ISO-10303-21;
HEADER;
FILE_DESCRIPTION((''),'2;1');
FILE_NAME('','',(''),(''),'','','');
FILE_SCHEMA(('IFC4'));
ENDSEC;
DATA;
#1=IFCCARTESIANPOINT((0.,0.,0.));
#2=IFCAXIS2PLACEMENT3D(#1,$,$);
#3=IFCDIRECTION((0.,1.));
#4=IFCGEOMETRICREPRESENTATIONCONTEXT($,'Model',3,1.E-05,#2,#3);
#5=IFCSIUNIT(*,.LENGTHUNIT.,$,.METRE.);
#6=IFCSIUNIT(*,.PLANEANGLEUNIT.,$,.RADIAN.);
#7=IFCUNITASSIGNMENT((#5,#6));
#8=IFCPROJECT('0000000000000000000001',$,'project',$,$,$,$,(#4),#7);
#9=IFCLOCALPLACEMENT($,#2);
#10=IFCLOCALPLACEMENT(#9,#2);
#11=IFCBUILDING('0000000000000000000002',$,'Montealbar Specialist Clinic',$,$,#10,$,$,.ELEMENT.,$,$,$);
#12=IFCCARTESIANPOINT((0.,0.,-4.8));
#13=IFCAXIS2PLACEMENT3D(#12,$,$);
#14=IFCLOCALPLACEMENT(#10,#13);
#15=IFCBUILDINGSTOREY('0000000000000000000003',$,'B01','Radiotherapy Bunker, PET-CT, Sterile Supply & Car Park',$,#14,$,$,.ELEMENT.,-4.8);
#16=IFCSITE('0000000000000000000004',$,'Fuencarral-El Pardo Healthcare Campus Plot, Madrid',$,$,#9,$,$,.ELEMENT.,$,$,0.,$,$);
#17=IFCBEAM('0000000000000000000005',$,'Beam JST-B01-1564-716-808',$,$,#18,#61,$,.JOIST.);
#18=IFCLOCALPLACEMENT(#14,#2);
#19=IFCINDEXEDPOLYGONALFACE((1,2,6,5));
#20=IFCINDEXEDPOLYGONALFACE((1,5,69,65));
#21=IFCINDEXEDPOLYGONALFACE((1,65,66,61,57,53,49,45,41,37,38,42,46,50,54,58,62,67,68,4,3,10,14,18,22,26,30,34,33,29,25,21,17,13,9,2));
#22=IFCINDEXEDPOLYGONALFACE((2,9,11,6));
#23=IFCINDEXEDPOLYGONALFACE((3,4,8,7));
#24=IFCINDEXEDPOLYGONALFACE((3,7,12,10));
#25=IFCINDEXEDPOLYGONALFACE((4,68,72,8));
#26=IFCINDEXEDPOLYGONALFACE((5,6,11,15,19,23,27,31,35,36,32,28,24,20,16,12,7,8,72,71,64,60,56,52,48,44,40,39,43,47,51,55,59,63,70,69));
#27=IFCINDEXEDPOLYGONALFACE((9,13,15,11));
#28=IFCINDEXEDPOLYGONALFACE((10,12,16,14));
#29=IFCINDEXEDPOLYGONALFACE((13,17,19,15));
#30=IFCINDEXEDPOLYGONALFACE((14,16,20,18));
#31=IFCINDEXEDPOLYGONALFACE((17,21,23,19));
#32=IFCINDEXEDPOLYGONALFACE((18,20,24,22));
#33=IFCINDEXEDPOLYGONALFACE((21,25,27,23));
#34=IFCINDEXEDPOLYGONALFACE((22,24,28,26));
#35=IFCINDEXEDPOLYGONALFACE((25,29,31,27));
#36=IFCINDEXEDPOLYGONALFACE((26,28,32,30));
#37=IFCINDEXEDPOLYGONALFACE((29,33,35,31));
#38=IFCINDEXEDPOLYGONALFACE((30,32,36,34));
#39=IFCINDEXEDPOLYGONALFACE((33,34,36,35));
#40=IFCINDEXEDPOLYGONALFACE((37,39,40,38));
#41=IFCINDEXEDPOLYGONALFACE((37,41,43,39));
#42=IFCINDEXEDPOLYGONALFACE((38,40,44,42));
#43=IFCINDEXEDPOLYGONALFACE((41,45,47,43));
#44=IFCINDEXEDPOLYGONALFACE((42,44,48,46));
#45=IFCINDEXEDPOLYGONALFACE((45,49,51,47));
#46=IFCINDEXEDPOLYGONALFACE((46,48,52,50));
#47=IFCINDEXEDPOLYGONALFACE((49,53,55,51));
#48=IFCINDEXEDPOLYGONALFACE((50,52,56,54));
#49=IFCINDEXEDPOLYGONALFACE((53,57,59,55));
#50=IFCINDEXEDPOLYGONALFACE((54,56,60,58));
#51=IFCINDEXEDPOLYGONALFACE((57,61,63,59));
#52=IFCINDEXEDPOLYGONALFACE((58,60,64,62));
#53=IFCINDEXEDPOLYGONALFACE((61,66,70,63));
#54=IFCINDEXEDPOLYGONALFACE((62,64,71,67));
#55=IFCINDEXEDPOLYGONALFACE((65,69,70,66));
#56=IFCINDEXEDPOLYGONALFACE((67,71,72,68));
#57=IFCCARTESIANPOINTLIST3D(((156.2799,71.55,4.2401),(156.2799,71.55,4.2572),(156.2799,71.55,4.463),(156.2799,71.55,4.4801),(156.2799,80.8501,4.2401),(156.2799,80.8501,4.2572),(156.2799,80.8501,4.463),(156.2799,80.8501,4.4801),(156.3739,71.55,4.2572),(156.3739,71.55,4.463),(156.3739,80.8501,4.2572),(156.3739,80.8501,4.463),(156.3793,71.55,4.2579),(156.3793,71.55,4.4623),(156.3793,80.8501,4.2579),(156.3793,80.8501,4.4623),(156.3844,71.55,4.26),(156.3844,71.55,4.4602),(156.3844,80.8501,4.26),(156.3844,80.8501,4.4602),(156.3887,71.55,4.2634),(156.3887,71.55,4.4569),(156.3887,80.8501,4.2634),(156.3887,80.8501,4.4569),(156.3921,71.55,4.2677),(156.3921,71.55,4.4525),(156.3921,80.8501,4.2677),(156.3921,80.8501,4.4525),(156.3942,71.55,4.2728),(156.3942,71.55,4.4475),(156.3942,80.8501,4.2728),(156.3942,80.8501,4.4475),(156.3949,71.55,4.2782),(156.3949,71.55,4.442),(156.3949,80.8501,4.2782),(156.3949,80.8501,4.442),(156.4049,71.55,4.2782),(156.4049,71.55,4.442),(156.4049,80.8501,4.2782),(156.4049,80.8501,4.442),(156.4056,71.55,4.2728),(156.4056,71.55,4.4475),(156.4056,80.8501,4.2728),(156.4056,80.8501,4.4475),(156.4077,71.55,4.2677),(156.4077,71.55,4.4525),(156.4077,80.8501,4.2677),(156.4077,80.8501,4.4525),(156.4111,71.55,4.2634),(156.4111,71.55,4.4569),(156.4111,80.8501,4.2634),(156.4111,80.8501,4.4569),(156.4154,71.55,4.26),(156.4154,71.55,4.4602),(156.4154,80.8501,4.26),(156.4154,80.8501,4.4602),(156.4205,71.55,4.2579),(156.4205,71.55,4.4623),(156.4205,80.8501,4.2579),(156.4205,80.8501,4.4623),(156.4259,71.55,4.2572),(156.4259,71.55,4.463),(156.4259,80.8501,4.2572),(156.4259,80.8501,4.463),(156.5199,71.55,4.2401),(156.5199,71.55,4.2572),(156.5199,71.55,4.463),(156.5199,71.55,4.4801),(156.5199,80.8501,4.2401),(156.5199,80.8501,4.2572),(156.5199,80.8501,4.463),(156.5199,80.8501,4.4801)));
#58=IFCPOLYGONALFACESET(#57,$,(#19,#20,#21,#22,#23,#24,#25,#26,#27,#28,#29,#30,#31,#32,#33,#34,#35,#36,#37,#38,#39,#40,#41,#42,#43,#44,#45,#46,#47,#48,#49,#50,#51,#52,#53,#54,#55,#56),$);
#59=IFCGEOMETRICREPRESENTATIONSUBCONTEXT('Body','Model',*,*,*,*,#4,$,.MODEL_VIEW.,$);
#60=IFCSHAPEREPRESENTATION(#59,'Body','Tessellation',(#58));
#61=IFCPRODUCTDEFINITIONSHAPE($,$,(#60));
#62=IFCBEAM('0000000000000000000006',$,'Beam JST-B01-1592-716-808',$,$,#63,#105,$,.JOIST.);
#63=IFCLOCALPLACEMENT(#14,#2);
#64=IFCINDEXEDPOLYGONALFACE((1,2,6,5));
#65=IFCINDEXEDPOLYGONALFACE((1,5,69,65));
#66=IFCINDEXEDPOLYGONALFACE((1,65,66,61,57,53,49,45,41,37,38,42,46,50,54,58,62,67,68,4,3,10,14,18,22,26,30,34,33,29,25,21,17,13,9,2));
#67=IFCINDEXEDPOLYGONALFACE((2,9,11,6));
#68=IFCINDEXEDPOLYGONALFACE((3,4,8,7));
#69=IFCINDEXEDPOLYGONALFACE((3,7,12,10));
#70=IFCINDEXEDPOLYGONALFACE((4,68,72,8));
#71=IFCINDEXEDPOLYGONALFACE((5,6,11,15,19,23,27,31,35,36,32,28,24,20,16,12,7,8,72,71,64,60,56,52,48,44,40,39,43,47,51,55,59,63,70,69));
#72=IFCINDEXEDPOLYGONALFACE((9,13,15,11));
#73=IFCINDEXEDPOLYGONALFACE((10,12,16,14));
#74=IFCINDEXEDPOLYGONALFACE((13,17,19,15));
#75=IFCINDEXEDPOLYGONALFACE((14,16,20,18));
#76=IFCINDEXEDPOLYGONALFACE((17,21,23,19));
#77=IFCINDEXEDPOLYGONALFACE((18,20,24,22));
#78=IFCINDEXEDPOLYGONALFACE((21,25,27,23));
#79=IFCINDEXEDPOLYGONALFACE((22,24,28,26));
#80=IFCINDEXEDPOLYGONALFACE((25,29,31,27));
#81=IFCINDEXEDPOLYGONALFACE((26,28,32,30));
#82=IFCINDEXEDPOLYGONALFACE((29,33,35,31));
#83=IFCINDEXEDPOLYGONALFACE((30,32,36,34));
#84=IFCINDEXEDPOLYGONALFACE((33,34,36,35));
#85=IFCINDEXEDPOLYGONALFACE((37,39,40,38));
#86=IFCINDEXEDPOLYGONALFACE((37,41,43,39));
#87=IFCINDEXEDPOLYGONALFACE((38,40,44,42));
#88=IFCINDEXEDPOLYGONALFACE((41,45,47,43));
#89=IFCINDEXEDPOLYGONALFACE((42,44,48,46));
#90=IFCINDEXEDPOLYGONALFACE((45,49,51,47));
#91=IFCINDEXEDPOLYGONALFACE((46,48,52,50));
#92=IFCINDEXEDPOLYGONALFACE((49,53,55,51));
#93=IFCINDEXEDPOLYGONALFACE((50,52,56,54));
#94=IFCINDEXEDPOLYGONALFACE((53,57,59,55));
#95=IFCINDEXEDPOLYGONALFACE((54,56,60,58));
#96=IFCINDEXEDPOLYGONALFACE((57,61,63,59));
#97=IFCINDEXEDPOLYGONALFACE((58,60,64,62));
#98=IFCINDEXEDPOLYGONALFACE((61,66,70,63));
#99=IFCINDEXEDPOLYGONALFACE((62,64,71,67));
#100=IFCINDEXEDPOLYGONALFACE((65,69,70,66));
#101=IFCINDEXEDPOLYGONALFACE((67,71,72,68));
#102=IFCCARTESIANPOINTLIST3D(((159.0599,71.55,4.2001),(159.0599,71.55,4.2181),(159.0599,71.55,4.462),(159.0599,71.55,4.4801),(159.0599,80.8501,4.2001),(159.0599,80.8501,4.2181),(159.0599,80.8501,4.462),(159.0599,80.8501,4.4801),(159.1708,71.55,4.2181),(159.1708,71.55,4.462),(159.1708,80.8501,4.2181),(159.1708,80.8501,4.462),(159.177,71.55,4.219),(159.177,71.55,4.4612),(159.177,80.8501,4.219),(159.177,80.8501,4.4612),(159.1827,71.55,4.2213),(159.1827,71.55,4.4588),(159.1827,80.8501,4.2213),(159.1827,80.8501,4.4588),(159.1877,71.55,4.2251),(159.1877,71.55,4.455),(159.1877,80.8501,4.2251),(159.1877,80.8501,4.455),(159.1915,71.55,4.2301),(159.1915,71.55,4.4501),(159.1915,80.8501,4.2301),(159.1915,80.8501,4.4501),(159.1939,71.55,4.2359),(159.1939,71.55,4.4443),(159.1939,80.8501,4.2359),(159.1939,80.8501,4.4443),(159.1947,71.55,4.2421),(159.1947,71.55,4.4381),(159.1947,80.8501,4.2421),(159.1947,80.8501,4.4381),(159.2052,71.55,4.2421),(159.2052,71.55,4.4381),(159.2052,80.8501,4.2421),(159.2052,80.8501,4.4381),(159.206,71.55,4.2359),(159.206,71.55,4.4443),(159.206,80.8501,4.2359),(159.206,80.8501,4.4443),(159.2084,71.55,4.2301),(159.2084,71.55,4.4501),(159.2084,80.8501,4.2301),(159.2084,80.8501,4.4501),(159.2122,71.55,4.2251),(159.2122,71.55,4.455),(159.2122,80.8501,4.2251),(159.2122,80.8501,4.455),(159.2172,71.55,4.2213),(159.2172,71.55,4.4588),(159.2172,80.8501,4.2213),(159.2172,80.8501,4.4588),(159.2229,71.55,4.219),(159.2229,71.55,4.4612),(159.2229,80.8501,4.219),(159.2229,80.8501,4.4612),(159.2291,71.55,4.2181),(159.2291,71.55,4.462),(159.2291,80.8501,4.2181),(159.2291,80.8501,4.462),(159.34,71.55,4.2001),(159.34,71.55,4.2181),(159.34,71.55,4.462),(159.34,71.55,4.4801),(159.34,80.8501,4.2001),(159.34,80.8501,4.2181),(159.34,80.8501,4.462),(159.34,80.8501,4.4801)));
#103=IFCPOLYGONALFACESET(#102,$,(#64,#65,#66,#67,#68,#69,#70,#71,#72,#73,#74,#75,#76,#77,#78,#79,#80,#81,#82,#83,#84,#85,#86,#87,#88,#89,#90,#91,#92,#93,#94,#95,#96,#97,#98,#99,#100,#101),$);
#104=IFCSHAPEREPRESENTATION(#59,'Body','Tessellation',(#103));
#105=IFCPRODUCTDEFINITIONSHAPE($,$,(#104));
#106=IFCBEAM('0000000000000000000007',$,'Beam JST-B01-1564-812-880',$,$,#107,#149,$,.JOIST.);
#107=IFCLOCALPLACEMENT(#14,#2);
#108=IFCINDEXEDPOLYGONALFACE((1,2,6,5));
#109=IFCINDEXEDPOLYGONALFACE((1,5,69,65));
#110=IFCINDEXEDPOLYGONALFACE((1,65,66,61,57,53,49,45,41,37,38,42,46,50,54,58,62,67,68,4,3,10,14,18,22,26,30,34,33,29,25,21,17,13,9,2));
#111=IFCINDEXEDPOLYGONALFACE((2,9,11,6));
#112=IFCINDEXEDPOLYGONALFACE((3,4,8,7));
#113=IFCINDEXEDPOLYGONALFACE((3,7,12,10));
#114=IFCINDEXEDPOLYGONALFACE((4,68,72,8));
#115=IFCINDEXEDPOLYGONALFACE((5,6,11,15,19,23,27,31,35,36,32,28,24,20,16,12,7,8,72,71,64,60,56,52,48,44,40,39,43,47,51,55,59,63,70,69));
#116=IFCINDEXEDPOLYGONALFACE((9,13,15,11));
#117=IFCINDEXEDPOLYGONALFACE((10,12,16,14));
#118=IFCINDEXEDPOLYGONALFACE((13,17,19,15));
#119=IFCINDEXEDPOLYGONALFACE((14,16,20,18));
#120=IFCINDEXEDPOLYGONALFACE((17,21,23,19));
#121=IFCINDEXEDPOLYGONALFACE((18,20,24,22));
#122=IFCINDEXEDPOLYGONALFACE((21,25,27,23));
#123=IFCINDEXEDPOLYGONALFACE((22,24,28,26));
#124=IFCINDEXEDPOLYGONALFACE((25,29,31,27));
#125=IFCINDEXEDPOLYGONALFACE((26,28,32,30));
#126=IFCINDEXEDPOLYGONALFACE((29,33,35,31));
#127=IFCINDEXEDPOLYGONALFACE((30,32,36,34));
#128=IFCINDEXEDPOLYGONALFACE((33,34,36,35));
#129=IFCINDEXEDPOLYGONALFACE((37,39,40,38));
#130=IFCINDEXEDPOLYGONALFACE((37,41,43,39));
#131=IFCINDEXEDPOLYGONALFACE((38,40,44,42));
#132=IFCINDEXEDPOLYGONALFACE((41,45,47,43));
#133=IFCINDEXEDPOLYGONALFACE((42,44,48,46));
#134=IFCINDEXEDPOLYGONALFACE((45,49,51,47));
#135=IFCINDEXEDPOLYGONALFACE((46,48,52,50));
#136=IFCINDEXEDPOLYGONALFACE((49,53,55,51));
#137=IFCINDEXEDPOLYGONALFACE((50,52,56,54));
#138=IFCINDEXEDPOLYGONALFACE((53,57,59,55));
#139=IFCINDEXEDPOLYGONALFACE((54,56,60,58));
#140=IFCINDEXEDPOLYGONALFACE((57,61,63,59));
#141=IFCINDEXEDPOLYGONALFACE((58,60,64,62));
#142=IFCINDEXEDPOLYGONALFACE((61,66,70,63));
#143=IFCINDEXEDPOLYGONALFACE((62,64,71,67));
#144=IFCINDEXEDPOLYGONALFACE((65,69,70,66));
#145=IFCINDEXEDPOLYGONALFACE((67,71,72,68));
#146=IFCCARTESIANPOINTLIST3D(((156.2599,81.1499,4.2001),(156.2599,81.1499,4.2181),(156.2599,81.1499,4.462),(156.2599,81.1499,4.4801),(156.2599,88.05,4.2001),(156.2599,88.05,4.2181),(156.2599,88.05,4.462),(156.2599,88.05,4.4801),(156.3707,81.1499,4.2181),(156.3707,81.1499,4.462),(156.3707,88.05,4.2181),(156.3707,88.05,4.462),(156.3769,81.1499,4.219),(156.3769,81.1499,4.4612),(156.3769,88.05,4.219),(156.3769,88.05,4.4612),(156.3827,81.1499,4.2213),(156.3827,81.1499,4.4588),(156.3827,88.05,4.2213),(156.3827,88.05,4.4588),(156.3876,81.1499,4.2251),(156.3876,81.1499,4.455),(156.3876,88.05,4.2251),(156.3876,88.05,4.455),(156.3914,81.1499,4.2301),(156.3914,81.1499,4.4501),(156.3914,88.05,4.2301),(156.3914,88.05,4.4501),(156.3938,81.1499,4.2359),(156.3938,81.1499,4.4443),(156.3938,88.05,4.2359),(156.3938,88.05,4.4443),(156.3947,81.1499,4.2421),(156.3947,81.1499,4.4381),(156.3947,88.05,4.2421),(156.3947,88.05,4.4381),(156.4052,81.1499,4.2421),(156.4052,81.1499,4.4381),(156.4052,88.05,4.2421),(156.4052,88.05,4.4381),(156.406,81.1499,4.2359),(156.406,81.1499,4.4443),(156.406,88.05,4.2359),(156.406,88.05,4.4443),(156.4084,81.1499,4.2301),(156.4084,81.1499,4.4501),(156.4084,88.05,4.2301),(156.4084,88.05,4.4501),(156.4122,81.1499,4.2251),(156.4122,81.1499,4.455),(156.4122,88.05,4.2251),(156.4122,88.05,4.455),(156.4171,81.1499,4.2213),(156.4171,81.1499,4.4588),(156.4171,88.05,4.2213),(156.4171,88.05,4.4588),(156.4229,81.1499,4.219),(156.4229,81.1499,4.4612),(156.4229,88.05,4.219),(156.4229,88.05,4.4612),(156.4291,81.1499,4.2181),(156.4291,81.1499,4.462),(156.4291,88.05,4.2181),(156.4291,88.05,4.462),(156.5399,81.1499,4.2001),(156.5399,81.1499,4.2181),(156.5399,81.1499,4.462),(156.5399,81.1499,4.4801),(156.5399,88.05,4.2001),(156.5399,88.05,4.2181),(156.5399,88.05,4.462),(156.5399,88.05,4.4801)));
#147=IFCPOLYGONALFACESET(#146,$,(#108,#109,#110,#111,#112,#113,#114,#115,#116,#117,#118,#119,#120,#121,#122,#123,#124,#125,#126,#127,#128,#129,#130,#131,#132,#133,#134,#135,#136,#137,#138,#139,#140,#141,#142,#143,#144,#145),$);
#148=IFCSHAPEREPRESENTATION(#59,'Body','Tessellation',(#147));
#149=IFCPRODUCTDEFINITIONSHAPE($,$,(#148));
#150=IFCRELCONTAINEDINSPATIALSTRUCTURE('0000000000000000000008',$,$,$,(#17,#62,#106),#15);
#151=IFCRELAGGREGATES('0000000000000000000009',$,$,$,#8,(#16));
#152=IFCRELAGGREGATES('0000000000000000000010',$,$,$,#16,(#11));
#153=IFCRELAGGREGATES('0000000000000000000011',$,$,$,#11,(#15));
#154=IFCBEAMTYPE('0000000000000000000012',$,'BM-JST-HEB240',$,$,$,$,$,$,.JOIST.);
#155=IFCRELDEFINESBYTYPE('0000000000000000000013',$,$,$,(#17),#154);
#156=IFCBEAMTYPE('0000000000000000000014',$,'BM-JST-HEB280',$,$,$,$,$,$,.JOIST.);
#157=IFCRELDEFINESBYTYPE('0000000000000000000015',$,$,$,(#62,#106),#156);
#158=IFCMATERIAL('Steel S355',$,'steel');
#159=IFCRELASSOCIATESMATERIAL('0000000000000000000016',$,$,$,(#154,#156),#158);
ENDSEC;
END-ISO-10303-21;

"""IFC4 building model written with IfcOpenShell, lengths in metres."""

from ifc_helpers import new_model, si_unit, direction, frame, origin, origin_2d, place, context, subcontext, project, spatial, i_section, extrude, material, material_profile, profile_set, type_object, element, save


model = new_model("IFC4")

# Units and contexts
model_context = context("Model", 3, precision=1e-05, world=origin(), true_north=direction((0.0, 1.0)))
body_context = subcontext(model_context, "Body", "Model", "MODEL_VIEW")
ifc_project = project(units=[si_unit("LENGTHUNIT", "METRE"), si_unit("PLANEANGLEUNIT", "RADIAN")], contexts=[model_context])

# Site, building, storey
site_placement = place(None, origin())
site = spatial("IfcSite", under=ifc_project, at=site_placement, Name="Fuencarral-El Pardo Healthcare Campus Plot, Madrid", CompositionType="ELEMENT", RefElevation=0.0)
building_placement = place(site_placement, origin())
building = spatial("IfcBuilding", under=site, at=building_placement, Name="Montealbar Specialist Clinic", CompositionType="ELEMENT")
storey_placement = place(building_placement, frame((0.0, 0.0, -4.8)))
storey = spatial("IfcBuildingStorey", under=building, at=storey_placement, Name="B01", Description="Radiotherapy Bunker, PET-CT, Sterile Supply & Car Park", CompositionType="ELEMENT", Elevation=-4.8)

# Shared definitions
ifc_material_1 = material(Name="Steel S355", Category="steel")

# Beams
ifc_material_profile_1 = material_profile(ifc_material_1, i_section(OverallWidth=0.24, OverallDepth=0.24, WebThickness=0.01, FlangeThickness=0.0171, FilletRadius=0.021, at=origin_2d()), Name="HEB 240", Category="steel")
ifc_profile_set_1 = profile_set([ifc_material_profile_1], Name="Steel S355")
beam_type_1 = type_object("IfcBeamType", Name="BM-JST-HEB240", PredefinedType="JOIST", material=ifc_profile_set_1)
beam_1_placement = place(storey_placement, frame((156.3999, 71.55, 4.3601), z_axis=(0.0, 1.0, 0.0), x_axis=(-1.0, 0.0, 0.0)))
element("IfcBeam", 1, at=beam_1_placement, inside=storey, type_object=beam_type_1, Name="Beam JST-B01-1564-716-808", PredefinedType="JOIST", context=body_context, shape_type="SweptSolid", body=[
    extrude(i_section(OverallWidth=0.24, OverallDepth=0.24, WebThickness=0.01, FlangeThickness=0.0171, FilletRadius=0.021, at=origin_2d()), origin(), (0.0, 0.0, 1.0), 9.3),
])
ifc_material_profile_2 = material_profile(ifc_material_1, i_section(OverallWidth=0.28, OverallDepth=0.28, WebThickness=0.0105, FlangeThickness=0.0181, FilletRadius=0.0239, at=origin_2d()), Name="HEB 280", Category="steel")
ifc_profile_set_2 = profile_set([ifc_material_profile_2], Name="Steel S355")
beam_type_2 = type_object("IfcBeamType", Name="BM-JST-HEB280", PredefinedType="JOIST", material=ifc_profile_set_2)
beam_2_placement = place(storey_placement, frame((159.2, 71.55, 4.3401), z_axis=(0.0, 1.0, 0.0), x_axis=(-1.0, 0.0, 0.0)))
element("IfcBeam", 2, at=beam_2_placement, inside=storey, type_object=beam_type_2, Name="Beam JST-B01-1592-716-808", PredefinedType="JOIST", context=body_context, shape_type="SweptSolid", body=[
    extrude(i_section(OverallWidth=0.28, OverallDepth=0.28, WebThickness=0.0105, FlangeThickness=0.0181, FilletRadius=0.0239, at=origin_2d()), origin(), (0.0, 0.0, 1.0), 9.3),
])
beam_3_placement = place(storey_placement, frame((156.3999, 81.1499, 4.3401), z_axis=(0.0, 1.0, 0.0), x_axis=(-1.0, 0.0, 0.0)))
element("IfcBeam", 3, at=beam_3_placement, inside=storey, type_object=beam_type_2, Name="Beam JST-B01-1564-812-880", PredefinedType="JOIST", context=body_context, shape_type="SweptSolid", body=[
    extrude(i_section(OverallWidth=0.28, OverallDepth=0.28, WebThickness=0.0105, FlangeThickness=0.0181, FilletRadius=0.0239, at=origin_2d()), origin(), (0.0, 0.0, 1.0), 6.9001),
])

save(model, "model.ifc")
